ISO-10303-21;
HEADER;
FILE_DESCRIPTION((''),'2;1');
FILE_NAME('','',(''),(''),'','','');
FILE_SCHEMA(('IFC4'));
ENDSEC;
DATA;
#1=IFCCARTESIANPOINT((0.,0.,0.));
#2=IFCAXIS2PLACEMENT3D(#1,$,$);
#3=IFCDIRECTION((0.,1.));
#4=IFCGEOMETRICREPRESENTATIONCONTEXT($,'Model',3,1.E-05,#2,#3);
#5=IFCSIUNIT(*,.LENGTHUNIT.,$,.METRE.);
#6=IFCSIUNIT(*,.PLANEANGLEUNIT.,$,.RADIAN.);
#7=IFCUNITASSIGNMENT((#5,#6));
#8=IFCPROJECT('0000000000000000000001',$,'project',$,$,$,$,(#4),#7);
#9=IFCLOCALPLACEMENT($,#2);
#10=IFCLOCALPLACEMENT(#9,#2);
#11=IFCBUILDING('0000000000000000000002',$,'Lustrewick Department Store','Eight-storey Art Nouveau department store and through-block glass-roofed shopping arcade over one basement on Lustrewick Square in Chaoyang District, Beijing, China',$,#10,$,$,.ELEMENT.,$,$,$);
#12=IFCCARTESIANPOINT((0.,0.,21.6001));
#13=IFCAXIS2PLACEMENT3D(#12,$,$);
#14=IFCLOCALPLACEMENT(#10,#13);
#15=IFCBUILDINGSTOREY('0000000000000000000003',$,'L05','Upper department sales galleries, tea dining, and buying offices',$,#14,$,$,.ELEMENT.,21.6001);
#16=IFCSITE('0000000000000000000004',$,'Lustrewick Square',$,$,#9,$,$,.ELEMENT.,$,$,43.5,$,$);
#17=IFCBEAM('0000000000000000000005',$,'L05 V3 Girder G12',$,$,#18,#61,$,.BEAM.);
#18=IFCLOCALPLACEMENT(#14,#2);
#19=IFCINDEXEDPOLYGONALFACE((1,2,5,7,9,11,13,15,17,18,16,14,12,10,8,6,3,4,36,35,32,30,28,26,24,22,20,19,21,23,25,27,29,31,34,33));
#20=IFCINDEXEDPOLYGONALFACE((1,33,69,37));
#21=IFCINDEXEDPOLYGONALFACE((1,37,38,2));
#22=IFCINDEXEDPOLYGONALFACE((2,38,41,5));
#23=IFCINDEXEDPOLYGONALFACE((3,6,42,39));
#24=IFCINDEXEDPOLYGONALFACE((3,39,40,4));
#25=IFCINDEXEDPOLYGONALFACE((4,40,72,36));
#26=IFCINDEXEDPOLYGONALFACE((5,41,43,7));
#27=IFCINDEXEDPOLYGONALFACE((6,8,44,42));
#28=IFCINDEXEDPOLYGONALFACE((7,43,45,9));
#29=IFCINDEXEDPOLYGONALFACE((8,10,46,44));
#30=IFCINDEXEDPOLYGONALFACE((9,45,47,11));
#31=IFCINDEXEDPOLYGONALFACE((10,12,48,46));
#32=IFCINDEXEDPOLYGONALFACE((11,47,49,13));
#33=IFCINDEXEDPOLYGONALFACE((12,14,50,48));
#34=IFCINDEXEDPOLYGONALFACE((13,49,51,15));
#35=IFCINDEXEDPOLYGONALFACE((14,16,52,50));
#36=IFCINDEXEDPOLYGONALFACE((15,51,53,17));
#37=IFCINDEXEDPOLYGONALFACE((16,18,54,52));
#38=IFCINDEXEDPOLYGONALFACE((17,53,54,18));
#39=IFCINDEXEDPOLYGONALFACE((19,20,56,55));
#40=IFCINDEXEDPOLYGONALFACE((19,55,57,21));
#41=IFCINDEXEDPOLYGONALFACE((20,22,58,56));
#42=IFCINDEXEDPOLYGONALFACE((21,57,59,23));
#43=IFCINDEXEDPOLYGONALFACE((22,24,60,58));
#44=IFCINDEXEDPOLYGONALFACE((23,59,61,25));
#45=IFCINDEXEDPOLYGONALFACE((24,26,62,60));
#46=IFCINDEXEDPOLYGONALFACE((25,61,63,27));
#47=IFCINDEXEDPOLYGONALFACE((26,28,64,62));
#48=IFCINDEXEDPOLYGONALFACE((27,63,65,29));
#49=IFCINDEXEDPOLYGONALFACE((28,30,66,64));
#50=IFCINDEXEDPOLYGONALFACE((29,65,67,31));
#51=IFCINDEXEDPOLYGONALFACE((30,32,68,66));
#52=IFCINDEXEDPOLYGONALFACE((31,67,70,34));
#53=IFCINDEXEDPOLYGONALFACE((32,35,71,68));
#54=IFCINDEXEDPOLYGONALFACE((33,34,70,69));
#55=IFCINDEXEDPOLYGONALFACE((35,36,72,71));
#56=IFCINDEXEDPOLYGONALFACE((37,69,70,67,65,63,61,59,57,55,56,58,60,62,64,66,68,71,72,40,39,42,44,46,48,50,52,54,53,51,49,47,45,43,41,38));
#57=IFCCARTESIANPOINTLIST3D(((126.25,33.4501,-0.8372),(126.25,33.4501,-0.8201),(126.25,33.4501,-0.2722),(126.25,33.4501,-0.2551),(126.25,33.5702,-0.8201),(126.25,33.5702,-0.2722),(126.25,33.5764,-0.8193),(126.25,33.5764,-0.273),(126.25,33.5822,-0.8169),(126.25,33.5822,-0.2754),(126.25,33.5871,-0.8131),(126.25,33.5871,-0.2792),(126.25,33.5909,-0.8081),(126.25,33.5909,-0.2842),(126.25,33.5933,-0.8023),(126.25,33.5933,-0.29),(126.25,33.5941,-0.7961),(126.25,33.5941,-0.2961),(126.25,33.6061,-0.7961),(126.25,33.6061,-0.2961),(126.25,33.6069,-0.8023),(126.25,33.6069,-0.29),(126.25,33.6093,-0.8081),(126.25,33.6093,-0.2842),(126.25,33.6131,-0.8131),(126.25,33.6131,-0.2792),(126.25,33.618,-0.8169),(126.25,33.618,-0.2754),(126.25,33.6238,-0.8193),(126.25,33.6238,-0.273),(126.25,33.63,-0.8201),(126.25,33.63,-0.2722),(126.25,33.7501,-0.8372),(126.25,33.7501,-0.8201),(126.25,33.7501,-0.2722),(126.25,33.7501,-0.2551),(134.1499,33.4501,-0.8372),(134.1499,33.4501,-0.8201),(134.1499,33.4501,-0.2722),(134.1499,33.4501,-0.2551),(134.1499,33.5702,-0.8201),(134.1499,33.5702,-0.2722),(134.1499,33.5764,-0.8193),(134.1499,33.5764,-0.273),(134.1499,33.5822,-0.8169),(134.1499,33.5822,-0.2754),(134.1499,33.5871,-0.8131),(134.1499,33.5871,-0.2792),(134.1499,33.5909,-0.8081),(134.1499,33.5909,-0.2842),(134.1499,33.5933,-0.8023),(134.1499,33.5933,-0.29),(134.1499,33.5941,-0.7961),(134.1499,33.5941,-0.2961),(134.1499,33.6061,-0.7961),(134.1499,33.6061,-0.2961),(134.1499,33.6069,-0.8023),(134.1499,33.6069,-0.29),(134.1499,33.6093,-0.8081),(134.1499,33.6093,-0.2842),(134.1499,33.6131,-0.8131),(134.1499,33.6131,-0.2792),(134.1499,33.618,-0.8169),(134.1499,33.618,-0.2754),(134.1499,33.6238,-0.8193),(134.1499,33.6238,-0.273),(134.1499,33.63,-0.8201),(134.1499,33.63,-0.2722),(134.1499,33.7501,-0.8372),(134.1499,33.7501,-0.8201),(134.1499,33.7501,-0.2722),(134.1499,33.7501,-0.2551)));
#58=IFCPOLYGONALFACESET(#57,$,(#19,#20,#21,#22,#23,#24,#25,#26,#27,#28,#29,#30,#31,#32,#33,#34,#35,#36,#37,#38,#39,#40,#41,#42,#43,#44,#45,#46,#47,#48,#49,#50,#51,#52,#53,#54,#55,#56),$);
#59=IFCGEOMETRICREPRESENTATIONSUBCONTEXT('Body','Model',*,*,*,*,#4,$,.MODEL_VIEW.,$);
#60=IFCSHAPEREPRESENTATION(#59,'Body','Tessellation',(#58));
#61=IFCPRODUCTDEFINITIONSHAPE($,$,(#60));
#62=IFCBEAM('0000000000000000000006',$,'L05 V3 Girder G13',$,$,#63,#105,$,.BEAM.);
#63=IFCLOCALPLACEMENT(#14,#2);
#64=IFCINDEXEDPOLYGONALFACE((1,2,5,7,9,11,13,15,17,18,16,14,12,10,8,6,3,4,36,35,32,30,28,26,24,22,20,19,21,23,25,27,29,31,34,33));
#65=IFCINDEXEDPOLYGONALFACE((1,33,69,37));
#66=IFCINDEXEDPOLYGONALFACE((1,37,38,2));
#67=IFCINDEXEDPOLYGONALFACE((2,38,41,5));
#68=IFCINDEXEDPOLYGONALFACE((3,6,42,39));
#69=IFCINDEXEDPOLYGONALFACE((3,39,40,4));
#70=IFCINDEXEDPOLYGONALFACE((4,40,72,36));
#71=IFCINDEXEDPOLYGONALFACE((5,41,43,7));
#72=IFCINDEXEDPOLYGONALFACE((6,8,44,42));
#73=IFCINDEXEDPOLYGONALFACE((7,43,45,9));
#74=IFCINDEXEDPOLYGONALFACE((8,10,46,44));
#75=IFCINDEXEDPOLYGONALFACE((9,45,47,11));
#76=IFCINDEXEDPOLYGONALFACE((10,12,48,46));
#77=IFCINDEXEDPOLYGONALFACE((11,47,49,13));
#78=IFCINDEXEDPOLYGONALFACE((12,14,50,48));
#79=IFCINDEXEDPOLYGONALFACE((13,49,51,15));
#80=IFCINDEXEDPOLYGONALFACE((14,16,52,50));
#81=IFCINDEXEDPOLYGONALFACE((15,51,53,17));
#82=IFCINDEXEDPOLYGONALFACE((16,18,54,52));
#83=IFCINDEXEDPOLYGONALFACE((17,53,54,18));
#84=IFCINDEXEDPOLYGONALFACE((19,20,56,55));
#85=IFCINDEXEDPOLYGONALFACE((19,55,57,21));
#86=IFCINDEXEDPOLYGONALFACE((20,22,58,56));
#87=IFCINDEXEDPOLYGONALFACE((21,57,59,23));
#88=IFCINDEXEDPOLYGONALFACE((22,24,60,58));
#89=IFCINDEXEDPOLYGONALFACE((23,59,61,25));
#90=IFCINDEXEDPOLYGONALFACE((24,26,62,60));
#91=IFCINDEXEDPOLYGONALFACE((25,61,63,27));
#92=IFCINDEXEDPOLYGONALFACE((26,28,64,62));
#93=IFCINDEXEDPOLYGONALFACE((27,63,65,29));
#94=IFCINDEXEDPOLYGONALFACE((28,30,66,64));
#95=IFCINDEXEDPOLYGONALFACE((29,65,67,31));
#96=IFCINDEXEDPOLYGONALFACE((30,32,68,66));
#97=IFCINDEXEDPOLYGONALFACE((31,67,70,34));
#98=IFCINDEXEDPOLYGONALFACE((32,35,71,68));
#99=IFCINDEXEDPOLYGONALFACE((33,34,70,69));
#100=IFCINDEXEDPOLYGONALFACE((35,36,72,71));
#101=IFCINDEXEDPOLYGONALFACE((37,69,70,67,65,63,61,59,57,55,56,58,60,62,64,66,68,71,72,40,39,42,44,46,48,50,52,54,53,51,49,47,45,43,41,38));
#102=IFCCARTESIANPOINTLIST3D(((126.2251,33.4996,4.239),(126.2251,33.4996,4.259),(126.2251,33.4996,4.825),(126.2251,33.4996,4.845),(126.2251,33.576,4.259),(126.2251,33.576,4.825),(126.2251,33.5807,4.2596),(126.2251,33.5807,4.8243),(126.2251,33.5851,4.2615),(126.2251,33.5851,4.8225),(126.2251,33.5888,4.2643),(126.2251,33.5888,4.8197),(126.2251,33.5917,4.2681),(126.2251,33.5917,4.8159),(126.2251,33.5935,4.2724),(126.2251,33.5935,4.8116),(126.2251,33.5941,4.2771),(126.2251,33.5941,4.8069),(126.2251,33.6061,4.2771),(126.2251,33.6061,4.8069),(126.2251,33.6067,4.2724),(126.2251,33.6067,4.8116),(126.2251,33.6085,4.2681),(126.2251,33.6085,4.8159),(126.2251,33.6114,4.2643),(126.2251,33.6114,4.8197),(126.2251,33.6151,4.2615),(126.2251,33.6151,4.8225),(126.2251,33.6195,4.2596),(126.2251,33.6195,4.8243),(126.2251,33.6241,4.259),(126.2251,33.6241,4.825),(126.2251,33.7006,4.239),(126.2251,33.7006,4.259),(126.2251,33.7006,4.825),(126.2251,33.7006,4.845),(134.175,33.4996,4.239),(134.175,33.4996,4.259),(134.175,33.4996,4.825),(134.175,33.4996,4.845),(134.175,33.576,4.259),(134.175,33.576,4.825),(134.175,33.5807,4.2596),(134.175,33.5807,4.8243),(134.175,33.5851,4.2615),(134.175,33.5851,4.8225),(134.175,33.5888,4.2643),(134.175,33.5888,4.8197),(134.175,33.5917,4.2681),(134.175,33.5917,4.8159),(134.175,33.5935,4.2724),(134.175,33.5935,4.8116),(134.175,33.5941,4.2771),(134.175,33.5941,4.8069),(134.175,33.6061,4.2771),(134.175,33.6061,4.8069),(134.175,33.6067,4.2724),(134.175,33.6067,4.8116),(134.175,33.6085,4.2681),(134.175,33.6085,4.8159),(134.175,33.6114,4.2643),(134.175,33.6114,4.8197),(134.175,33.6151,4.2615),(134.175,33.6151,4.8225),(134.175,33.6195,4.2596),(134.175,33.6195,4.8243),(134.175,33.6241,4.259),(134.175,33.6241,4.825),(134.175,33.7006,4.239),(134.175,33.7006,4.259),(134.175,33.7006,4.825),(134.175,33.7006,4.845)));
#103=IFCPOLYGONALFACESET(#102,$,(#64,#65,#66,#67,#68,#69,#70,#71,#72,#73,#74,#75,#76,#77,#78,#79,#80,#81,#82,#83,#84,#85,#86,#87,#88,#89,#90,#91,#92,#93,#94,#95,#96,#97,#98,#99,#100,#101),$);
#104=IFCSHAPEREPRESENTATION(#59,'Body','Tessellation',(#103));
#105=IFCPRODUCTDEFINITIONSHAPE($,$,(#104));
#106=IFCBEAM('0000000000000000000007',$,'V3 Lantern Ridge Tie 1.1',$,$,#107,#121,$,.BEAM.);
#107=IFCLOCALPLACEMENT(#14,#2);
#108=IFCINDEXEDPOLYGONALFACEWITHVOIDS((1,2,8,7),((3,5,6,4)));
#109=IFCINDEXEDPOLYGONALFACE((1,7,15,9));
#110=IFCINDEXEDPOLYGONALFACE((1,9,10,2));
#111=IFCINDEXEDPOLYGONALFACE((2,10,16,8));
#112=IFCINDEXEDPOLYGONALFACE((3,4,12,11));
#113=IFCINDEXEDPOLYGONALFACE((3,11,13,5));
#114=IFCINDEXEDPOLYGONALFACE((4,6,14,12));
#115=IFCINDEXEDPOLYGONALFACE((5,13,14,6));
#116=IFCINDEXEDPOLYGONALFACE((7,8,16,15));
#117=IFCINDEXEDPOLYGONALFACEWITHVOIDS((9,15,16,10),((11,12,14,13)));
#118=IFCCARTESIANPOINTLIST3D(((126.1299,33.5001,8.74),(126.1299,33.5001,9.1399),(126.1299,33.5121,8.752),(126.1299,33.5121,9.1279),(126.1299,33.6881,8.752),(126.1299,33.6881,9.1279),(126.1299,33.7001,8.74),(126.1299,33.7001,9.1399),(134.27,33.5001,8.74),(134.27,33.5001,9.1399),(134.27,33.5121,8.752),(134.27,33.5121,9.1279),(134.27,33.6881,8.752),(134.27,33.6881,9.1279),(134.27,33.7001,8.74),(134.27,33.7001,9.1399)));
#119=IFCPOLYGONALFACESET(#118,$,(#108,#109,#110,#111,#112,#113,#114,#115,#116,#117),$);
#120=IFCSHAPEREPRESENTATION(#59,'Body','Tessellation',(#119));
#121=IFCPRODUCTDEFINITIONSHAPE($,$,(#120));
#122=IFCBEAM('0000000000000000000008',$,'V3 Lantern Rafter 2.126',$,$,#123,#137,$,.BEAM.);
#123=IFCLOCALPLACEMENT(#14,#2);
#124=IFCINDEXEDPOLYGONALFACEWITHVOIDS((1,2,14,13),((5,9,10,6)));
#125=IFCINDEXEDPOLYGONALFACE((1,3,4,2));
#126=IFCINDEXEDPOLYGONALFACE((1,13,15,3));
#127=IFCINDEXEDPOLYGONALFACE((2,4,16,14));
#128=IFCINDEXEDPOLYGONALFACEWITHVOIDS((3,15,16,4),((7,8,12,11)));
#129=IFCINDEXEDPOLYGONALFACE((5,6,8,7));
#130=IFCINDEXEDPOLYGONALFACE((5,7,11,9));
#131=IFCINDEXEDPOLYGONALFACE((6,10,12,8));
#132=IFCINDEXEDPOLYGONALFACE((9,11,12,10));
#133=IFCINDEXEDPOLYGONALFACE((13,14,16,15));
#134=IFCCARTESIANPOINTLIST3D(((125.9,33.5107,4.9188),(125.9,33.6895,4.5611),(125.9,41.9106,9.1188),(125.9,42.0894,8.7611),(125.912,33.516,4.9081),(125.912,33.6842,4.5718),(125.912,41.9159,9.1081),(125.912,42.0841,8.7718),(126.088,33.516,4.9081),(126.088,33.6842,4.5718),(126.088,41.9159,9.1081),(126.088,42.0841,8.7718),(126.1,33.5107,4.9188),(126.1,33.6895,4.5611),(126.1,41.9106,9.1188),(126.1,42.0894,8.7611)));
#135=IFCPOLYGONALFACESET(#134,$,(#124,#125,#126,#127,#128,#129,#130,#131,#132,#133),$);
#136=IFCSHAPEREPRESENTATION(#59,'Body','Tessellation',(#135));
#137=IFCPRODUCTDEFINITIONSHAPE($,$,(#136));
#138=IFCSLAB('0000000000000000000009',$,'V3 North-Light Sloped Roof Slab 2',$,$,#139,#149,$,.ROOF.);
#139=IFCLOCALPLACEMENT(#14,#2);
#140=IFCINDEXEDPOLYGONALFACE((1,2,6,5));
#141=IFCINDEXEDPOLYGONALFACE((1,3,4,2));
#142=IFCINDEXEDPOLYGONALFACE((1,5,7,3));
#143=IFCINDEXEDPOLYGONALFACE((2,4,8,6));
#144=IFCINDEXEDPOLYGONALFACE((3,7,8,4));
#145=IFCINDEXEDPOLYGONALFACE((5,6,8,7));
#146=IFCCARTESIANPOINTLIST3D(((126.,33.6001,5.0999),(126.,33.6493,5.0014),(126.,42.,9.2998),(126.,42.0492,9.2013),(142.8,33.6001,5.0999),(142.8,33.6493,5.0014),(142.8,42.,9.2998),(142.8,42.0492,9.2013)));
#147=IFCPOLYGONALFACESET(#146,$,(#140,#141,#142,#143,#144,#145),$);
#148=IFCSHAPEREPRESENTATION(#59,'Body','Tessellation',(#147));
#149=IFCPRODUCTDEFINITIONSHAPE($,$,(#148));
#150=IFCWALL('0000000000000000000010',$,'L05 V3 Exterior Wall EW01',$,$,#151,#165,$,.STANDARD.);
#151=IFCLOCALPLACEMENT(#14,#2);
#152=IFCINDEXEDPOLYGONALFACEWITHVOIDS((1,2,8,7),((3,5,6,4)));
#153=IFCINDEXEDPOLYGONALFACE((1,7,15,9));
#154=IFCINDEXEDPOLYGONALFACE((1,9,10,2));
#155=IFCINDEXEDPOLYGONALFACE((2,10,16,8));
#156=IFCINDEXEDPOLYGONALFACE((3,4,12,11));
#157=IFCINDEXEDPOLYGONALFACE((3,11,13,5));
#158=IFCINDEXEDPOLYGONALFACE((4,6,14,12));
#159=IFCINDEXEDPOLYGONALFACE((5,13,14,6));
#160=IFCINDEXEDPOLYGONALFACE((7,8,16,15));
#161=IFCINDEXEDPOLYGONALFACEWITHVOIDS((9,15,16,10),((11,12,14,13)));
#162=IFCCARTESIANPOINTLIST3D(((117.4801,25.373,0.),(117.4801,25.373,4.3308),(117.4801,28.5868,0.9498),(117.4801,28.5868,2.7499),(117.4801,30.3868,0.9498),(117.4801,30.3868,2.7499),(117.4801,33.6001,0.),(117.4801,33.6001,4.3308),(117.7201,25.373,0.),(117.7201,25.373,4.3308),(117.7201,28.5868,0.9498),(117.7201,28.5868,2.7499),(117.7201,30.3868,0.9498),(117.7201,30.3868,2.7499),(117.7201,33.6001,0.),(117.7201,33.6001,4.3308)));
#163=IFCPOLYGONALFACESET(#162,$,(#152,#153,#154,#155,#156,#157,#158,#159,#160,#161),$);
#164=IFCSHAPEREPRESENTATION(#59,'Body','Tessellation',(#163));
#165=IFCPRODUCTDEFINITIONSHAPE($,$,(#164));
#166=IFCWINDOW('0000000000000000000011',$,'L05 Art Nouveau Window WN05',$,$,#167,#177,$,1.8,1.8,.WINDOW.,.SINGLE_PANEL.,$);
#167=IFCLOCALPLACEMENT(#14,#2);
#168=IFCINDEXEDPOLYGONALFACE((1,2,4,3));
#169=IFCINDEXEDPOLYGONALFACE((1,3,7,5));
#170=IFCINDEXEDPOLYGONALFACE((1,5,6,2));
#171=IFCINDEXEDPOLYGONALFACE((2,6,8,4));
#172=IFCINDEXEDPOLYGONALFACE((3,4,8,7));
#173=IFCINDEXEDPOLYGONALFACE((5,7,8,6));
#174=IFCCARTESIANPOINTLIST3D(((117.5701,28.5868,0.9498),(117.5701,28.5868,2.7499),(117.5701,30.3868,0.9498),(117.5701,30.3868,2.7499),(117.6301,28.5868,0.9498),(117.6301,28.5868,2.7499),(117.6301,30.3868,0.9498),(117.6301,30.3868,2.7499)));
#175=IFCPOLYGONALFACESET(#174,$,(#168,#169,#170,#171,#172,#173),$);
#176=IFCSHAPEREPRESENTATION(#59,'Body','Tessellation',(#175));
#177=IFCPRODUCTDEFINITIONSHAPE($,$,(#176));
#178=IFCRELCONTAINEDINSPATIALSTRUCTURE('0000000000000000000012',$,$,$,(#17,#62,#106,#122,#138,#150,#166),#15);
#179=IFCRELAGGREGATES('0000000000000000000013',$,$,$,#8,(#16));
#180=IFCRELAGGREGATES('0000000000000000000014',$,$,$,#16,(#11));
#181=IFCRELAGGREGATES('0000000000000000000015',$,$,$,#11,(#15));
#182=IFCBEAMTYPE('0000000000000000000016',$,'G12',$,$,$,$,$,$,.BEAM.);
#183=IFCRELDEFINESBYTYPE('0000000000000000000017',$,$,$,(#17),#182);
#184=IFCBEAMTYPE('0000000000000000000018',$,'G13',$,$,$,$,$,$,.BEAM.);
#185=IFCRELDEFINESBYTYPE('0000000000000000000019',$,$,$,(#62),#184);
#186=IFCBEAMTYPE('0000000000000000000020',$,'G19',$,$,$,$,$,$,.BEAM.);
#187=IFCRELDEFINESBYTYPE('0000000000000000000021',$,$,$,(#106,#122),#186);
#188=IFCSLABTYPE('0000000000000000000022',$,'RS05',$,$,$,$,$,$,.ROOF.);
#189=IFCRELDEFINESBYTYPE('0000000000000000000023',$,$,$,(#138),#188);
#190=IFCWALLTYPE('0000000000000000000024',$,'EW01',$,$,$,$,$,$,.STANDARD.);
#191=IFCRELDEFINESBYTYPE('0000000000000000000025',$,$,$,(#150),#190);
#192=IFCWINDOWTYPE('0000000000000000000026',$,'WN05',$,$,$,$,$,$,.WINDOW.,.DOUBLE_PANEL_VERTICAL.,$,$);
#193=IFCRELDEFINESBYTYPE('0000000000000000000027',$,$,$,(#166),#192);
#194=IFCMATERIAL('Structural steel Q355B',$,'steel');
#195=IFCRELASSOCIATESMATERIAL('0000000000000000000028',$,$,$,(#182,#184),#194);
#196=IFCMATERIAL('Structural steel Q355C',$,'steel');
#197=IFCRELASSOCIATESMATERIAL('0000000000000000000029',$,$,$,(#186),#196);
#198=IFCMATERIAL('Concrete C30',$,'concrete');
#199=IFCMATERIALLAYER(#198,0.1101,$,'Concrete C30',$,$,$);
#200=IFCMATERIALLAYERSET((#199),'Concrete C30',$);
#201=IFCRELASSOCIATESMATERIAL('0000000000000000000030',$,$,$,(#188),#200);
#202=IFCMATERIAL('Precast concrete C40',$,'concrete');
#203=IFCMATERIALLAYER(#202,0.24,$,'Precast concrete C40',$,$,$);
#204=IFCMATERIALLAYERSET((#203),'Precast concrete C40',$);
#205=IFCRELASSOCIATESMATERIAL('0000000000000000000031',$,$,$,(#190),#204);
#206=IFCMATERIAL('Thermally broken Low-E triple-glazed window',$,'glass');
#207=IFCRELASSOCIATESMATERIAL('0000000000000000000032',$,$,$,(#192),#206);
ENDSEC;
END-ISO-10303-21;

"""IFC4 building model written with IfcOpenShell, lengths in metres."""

from ifc_helpers import new_model, si_unit, direction, frame, frame_2d, origin, origin_2d, place, context, subcontext, project, spatial, polyline, rectangle, hollow_rectangle, i_section, outline, extrude, material, layer, layer_set, material_profile, profile_set, type_object, element, fill, save


model = new_model("IFC4")

# Units and contexts
model_context = context("Model", 3, precision=1e-05, world=origin(), true_north=direction((0.0, 1.0)))
body_context = subcontext(model_context, "Body", "Model", "MODEL_VIEW")
ifc_project = project(units=[si_unit("LENGTHUNIT", "METRE"), si_unit("PLANEANGLEUNIT", "RADIAN")], contexts=[model_context])

# Site, building, storey
site_placement = place(None, origin())
site = spatial("IfcSite", under=ifc_project, at=site_placement, Name="Lustrewick Square", CompositionType="ELEMENT", RefElevation=43.5)
building_placement = place(site_placement, origin())
building = spatial("IfcBuilding", under=site, at=building_placement, Name="Lustrewick Department Store", Description="Eight-storey Art Nouveau department store and through-block glass-roofed shopping arcade over one basement on Lustrewick Square in Chaoyang District, Beijing, China", CompositionType="ELEMENT")
storey_placement = place(building_placement, frame((0.0, 0.0, 21.6001)))
storey = spatial("IfcBuildingStorey", under=building, at=storey_placement, Name="L05", Description="Upper department sales galleries, tea dining, and buying offices", CompositionType="ELEMENT", Elevation=21.6001)

# Shared definitions
ifc_material_1 = material(Name="Structural steel Q355B", Category="steel")

# Beams
ifc_material_2 = material(Name="Structural steel Q355C", Category="steel")
ifc_material_profile_1 = material_profile(ifc_material_1, i_section(OverallWidth=0.3, OverallDepth=0.582, WebThickness=0.012, FlangeThickness=0.0171, FilletRadius=0.0239, at=origin_2d()), Name="HM 582x300x12x17")
ifc_profile_set_1 = profile_set([ifc_material_profile_1], Name="Structural steel Q355B")
beam_type_1 = type_object("IfcBeamType", Name="G12", PredefinedType="BEAM", material=ifc_profile_set_1)
beam_1_placement = place(storey_placement, frame((126.25, 33.6001, -0.5461), z_axis=(1.0, 0.0, 0.0), x_axis=(0.0, 1.0, 0.0)))
element("IfcBeam", 1, at=beam_1_placement, inside=storey, type_object=beam_type_1, Name="L05 V3 Girder G12", PredefinedType="BEAM", context=body_context, shape_type="SweptSolid", body=[
    extrude(i_section(OverallWidth=0.3, OverallDepth=0.582, WebThickness=0.012, FlangeThickness=0.0171, FilletRadius=0.0239, at=origin_2d()), origin(), (0.0, 0.0, 1.0), 7.8999),
])
ifc_material_profile_2 = material_profile(ifc_material_1, i_section(OverallWidth=0.2009, OverallDepth=0.606, WebThickness=0.012, FlangeThickness=0.02, FilletRadius=0.0181, at=origin_2d()), Name="HN 606x201x12x20")
ifc_profile_set_2 = profile_set([ifc_material_profile_2], Name="Structural steel Q355B")
beam_type_2 = type_object("IfcBeamType", Name="G13", PredefinedType="BEAM", material=ifc_profile_set_2)
beam_2_placement = place(storey_placement, frame((126.2251, 33.6001, 4.542), z_axis=(1.0, 0.0, 0.0), x_axis=(0.0, 1.0, 0.0)))
element("IfcBeam", 2, at=beam_2_placement, inside=storey, type_object=beam_type_2, Name="L05 V3 Girder G13", PredefinedType="BEAM", context=body_context, shape_type="SweptSolid", body=[
    extrude(i_section(OverallWidth=0.2009, OverallDepth=0.606, WebThickness=0.012, FlangeThickness=0.02, FilletRadius=0.0181, at=origin_2d()), origin(), (0.0, 0.0, 1.0), 7.95),
])
ifc_material_profile_3 = material_profile(ifc_material_2, hollow_rectangle(XDim=0.2, YDim=0.3999, WallThickness=0.012, at=origin_2d()), Name="RHS 400x200x12")
ifc_profile_set_3 = profile_set([ifc_material_profile_3], Name="Structural steel Q355C")
beam_type_3 = type_object("IfcBeamType", Name="G19", PredefinedType="BEAM", material=ifc_profile_set_3)
beam_3_placement = place(storey_placement, frame((126.1299, 33.6001, 8.9399), z_axis=(1.0, 0.0, 0.0), x_axis=(0.0, 1.0, 0.0)))
element("IfcBeam", 3, at=beam_3_placement, inside=storey, type_object=beam_type_3, Name="V3 Lantern Ridge Tie 1.1", PredefinedType="BEAM", context=body_context, shape_type="SweptSolid", body=[
    extrude(hollow_rectangle(XDim=0.2, YDim=0.3999, WallThickness=0.012, at=origin_2d()), origin(), (0.0, 0.0, 1.0), 8.1401),
])
beam_4_placement = place(storey_placement, frame((126.0, 33.6001, 4.74), z_axis=(0.0, 0.894427, 0.447214), x_axis=(-1.0, 0.0, 0.0)))
element("IfcBeam", 4, at=beam_4_placement, inside=storey, type_object=beam_type_3, Name="V3 Lantern Rafter 2.126", PredefinedType="BEAM", context=body_context, shape_type="SweptSolid", body=[
    extrude(hollow_rectangle(XDim=0.2, YDim=0.3999, WallThickness=0.012, at=origin_2d()), origin(), (0.0, 0.0, 1.0), 9.3914),
])

# Slab
ifc_material_3 = material(Name="Concrete C30", Category="concrete")
ifc_layer_1 = layer(ifc_material_3, 0.1101, Name="Concrete C30")
ifc_layer_set_1 = layer_set([ifc_layer_1], Name="Concrete C30")
slab_type = type_object("IfcSlabType", Name="RS05", PredefinedType="ROOF", material=ifc_layer_set_1)
slab_placement = place(storey_placement, frame((126.0, 33.6001, 5.0999), z_axis=(0.0, -0.447214, 0.894427), x_axis=(1.0, 0.0, 0.0)))
element("IfcSlab", 5, at=slab_placement, inside=storey, type_object=slab_type, Name="V3 North-Light Sloped Roof Slab 2", PredefinedType="ROOF", context=body_context, shape_type="SweptSolid", body=[
    extrude(outline(polyline([(0.0, 0.0), (16.8, 0.0), (16.8, 9.3914), (0.0, 9.3914), (0.0, 0.0)])), origin(), (0.0, 0.0, -1.0), 0.1101),
])

# Wall, opening, window
ifc_material_4 = material(Name="Precast concrete C40", Category="concrete")
ifc_layer_2 = layer(ifc_material_4, 0.24, Name="Precast concrete C40")
ifc_layer_set_2 = layer_set([ifc_layer_2], Name="Precast concrete C40")
wall_type = type_object("IfcWallType", Name="EW01", PredefinedType="STANDARD", material=ifc_layer_set_2)
wall_placement = place(storey_placement, frame((117.6001, 33.6001, 0.0), z_axis=(0.0, 0.0, 1.0), x_axis=(0.0, -1.0, 0.0)))
wall = element("IfcWall", 6, at=wall_placement, inside=storey, type_object=wall_type, Name="L05 V3 Exterior Wall EW01", PredefinedType="STANDARD", context=body_context, shape_type="SweptSolid", body=[
    extrude(rectangle(XDim=8.2271, YDim=0.24, at=frame_2d((4.1135, 0.0))), origin(), (0.0, 0.0, 1.0), 4.3308),
])
opening_placement = place(wall_placement, frame((3.2134, 0.0, 0.95)))
opening = element("IfcOpeningElement", 7, at=opening_placement, cuts=wall, PredefinedType="OPENING", context=body_context, shape_type="SweptSolid", body=[
    extrude(rectangle(XDim=1.8, YDim=1.8, at=frame_2d((0.8999, 0.8999))), frame((0.0, 0.1299, 0.0), z_axis=(0.0, -1.0, 0.0), x_axis=(1.0, 0.0, 0.0)), (0.0, 0.0, 1.0), 0.26),
])
ifc_material_5 = material(Name="Thermally broken Low-E triple-glazed window", Category="glass")
window_type = type_object("IfcWindowType", Name="WN05", PartitioningType="DOUBLE_PANEL_VERTICAL", PredefinedType="WINDOW", material=ifc_material_5)
window_placement = place(opening_placement, origin())
window = element("IfcWindow", 8, at=window_placement, inside=storey, type_object=window_type, Name="L05 Art Nouveau Window WN05", OverallHeight=1.8, OverallWidth=1.8, PartitioningType="SINGLE_PANEL", PredefinedType="WINDOW", context=body_context, shape_type="SweptSolid", body=[
    extrude(rectangle(XDim=1.8, YDim=1.8, at=frame_2d((0.8999, 0.8999))), frame((0.0, 0.03, 0.0), z_axis=(0.0, -1.0, 0.0), x_axis=(1.0, 0.0, 0.0)), (0.0, 0.0, 1.0), 0.0601),
])
fill(opening, window)

save(model, "model.ifc")
